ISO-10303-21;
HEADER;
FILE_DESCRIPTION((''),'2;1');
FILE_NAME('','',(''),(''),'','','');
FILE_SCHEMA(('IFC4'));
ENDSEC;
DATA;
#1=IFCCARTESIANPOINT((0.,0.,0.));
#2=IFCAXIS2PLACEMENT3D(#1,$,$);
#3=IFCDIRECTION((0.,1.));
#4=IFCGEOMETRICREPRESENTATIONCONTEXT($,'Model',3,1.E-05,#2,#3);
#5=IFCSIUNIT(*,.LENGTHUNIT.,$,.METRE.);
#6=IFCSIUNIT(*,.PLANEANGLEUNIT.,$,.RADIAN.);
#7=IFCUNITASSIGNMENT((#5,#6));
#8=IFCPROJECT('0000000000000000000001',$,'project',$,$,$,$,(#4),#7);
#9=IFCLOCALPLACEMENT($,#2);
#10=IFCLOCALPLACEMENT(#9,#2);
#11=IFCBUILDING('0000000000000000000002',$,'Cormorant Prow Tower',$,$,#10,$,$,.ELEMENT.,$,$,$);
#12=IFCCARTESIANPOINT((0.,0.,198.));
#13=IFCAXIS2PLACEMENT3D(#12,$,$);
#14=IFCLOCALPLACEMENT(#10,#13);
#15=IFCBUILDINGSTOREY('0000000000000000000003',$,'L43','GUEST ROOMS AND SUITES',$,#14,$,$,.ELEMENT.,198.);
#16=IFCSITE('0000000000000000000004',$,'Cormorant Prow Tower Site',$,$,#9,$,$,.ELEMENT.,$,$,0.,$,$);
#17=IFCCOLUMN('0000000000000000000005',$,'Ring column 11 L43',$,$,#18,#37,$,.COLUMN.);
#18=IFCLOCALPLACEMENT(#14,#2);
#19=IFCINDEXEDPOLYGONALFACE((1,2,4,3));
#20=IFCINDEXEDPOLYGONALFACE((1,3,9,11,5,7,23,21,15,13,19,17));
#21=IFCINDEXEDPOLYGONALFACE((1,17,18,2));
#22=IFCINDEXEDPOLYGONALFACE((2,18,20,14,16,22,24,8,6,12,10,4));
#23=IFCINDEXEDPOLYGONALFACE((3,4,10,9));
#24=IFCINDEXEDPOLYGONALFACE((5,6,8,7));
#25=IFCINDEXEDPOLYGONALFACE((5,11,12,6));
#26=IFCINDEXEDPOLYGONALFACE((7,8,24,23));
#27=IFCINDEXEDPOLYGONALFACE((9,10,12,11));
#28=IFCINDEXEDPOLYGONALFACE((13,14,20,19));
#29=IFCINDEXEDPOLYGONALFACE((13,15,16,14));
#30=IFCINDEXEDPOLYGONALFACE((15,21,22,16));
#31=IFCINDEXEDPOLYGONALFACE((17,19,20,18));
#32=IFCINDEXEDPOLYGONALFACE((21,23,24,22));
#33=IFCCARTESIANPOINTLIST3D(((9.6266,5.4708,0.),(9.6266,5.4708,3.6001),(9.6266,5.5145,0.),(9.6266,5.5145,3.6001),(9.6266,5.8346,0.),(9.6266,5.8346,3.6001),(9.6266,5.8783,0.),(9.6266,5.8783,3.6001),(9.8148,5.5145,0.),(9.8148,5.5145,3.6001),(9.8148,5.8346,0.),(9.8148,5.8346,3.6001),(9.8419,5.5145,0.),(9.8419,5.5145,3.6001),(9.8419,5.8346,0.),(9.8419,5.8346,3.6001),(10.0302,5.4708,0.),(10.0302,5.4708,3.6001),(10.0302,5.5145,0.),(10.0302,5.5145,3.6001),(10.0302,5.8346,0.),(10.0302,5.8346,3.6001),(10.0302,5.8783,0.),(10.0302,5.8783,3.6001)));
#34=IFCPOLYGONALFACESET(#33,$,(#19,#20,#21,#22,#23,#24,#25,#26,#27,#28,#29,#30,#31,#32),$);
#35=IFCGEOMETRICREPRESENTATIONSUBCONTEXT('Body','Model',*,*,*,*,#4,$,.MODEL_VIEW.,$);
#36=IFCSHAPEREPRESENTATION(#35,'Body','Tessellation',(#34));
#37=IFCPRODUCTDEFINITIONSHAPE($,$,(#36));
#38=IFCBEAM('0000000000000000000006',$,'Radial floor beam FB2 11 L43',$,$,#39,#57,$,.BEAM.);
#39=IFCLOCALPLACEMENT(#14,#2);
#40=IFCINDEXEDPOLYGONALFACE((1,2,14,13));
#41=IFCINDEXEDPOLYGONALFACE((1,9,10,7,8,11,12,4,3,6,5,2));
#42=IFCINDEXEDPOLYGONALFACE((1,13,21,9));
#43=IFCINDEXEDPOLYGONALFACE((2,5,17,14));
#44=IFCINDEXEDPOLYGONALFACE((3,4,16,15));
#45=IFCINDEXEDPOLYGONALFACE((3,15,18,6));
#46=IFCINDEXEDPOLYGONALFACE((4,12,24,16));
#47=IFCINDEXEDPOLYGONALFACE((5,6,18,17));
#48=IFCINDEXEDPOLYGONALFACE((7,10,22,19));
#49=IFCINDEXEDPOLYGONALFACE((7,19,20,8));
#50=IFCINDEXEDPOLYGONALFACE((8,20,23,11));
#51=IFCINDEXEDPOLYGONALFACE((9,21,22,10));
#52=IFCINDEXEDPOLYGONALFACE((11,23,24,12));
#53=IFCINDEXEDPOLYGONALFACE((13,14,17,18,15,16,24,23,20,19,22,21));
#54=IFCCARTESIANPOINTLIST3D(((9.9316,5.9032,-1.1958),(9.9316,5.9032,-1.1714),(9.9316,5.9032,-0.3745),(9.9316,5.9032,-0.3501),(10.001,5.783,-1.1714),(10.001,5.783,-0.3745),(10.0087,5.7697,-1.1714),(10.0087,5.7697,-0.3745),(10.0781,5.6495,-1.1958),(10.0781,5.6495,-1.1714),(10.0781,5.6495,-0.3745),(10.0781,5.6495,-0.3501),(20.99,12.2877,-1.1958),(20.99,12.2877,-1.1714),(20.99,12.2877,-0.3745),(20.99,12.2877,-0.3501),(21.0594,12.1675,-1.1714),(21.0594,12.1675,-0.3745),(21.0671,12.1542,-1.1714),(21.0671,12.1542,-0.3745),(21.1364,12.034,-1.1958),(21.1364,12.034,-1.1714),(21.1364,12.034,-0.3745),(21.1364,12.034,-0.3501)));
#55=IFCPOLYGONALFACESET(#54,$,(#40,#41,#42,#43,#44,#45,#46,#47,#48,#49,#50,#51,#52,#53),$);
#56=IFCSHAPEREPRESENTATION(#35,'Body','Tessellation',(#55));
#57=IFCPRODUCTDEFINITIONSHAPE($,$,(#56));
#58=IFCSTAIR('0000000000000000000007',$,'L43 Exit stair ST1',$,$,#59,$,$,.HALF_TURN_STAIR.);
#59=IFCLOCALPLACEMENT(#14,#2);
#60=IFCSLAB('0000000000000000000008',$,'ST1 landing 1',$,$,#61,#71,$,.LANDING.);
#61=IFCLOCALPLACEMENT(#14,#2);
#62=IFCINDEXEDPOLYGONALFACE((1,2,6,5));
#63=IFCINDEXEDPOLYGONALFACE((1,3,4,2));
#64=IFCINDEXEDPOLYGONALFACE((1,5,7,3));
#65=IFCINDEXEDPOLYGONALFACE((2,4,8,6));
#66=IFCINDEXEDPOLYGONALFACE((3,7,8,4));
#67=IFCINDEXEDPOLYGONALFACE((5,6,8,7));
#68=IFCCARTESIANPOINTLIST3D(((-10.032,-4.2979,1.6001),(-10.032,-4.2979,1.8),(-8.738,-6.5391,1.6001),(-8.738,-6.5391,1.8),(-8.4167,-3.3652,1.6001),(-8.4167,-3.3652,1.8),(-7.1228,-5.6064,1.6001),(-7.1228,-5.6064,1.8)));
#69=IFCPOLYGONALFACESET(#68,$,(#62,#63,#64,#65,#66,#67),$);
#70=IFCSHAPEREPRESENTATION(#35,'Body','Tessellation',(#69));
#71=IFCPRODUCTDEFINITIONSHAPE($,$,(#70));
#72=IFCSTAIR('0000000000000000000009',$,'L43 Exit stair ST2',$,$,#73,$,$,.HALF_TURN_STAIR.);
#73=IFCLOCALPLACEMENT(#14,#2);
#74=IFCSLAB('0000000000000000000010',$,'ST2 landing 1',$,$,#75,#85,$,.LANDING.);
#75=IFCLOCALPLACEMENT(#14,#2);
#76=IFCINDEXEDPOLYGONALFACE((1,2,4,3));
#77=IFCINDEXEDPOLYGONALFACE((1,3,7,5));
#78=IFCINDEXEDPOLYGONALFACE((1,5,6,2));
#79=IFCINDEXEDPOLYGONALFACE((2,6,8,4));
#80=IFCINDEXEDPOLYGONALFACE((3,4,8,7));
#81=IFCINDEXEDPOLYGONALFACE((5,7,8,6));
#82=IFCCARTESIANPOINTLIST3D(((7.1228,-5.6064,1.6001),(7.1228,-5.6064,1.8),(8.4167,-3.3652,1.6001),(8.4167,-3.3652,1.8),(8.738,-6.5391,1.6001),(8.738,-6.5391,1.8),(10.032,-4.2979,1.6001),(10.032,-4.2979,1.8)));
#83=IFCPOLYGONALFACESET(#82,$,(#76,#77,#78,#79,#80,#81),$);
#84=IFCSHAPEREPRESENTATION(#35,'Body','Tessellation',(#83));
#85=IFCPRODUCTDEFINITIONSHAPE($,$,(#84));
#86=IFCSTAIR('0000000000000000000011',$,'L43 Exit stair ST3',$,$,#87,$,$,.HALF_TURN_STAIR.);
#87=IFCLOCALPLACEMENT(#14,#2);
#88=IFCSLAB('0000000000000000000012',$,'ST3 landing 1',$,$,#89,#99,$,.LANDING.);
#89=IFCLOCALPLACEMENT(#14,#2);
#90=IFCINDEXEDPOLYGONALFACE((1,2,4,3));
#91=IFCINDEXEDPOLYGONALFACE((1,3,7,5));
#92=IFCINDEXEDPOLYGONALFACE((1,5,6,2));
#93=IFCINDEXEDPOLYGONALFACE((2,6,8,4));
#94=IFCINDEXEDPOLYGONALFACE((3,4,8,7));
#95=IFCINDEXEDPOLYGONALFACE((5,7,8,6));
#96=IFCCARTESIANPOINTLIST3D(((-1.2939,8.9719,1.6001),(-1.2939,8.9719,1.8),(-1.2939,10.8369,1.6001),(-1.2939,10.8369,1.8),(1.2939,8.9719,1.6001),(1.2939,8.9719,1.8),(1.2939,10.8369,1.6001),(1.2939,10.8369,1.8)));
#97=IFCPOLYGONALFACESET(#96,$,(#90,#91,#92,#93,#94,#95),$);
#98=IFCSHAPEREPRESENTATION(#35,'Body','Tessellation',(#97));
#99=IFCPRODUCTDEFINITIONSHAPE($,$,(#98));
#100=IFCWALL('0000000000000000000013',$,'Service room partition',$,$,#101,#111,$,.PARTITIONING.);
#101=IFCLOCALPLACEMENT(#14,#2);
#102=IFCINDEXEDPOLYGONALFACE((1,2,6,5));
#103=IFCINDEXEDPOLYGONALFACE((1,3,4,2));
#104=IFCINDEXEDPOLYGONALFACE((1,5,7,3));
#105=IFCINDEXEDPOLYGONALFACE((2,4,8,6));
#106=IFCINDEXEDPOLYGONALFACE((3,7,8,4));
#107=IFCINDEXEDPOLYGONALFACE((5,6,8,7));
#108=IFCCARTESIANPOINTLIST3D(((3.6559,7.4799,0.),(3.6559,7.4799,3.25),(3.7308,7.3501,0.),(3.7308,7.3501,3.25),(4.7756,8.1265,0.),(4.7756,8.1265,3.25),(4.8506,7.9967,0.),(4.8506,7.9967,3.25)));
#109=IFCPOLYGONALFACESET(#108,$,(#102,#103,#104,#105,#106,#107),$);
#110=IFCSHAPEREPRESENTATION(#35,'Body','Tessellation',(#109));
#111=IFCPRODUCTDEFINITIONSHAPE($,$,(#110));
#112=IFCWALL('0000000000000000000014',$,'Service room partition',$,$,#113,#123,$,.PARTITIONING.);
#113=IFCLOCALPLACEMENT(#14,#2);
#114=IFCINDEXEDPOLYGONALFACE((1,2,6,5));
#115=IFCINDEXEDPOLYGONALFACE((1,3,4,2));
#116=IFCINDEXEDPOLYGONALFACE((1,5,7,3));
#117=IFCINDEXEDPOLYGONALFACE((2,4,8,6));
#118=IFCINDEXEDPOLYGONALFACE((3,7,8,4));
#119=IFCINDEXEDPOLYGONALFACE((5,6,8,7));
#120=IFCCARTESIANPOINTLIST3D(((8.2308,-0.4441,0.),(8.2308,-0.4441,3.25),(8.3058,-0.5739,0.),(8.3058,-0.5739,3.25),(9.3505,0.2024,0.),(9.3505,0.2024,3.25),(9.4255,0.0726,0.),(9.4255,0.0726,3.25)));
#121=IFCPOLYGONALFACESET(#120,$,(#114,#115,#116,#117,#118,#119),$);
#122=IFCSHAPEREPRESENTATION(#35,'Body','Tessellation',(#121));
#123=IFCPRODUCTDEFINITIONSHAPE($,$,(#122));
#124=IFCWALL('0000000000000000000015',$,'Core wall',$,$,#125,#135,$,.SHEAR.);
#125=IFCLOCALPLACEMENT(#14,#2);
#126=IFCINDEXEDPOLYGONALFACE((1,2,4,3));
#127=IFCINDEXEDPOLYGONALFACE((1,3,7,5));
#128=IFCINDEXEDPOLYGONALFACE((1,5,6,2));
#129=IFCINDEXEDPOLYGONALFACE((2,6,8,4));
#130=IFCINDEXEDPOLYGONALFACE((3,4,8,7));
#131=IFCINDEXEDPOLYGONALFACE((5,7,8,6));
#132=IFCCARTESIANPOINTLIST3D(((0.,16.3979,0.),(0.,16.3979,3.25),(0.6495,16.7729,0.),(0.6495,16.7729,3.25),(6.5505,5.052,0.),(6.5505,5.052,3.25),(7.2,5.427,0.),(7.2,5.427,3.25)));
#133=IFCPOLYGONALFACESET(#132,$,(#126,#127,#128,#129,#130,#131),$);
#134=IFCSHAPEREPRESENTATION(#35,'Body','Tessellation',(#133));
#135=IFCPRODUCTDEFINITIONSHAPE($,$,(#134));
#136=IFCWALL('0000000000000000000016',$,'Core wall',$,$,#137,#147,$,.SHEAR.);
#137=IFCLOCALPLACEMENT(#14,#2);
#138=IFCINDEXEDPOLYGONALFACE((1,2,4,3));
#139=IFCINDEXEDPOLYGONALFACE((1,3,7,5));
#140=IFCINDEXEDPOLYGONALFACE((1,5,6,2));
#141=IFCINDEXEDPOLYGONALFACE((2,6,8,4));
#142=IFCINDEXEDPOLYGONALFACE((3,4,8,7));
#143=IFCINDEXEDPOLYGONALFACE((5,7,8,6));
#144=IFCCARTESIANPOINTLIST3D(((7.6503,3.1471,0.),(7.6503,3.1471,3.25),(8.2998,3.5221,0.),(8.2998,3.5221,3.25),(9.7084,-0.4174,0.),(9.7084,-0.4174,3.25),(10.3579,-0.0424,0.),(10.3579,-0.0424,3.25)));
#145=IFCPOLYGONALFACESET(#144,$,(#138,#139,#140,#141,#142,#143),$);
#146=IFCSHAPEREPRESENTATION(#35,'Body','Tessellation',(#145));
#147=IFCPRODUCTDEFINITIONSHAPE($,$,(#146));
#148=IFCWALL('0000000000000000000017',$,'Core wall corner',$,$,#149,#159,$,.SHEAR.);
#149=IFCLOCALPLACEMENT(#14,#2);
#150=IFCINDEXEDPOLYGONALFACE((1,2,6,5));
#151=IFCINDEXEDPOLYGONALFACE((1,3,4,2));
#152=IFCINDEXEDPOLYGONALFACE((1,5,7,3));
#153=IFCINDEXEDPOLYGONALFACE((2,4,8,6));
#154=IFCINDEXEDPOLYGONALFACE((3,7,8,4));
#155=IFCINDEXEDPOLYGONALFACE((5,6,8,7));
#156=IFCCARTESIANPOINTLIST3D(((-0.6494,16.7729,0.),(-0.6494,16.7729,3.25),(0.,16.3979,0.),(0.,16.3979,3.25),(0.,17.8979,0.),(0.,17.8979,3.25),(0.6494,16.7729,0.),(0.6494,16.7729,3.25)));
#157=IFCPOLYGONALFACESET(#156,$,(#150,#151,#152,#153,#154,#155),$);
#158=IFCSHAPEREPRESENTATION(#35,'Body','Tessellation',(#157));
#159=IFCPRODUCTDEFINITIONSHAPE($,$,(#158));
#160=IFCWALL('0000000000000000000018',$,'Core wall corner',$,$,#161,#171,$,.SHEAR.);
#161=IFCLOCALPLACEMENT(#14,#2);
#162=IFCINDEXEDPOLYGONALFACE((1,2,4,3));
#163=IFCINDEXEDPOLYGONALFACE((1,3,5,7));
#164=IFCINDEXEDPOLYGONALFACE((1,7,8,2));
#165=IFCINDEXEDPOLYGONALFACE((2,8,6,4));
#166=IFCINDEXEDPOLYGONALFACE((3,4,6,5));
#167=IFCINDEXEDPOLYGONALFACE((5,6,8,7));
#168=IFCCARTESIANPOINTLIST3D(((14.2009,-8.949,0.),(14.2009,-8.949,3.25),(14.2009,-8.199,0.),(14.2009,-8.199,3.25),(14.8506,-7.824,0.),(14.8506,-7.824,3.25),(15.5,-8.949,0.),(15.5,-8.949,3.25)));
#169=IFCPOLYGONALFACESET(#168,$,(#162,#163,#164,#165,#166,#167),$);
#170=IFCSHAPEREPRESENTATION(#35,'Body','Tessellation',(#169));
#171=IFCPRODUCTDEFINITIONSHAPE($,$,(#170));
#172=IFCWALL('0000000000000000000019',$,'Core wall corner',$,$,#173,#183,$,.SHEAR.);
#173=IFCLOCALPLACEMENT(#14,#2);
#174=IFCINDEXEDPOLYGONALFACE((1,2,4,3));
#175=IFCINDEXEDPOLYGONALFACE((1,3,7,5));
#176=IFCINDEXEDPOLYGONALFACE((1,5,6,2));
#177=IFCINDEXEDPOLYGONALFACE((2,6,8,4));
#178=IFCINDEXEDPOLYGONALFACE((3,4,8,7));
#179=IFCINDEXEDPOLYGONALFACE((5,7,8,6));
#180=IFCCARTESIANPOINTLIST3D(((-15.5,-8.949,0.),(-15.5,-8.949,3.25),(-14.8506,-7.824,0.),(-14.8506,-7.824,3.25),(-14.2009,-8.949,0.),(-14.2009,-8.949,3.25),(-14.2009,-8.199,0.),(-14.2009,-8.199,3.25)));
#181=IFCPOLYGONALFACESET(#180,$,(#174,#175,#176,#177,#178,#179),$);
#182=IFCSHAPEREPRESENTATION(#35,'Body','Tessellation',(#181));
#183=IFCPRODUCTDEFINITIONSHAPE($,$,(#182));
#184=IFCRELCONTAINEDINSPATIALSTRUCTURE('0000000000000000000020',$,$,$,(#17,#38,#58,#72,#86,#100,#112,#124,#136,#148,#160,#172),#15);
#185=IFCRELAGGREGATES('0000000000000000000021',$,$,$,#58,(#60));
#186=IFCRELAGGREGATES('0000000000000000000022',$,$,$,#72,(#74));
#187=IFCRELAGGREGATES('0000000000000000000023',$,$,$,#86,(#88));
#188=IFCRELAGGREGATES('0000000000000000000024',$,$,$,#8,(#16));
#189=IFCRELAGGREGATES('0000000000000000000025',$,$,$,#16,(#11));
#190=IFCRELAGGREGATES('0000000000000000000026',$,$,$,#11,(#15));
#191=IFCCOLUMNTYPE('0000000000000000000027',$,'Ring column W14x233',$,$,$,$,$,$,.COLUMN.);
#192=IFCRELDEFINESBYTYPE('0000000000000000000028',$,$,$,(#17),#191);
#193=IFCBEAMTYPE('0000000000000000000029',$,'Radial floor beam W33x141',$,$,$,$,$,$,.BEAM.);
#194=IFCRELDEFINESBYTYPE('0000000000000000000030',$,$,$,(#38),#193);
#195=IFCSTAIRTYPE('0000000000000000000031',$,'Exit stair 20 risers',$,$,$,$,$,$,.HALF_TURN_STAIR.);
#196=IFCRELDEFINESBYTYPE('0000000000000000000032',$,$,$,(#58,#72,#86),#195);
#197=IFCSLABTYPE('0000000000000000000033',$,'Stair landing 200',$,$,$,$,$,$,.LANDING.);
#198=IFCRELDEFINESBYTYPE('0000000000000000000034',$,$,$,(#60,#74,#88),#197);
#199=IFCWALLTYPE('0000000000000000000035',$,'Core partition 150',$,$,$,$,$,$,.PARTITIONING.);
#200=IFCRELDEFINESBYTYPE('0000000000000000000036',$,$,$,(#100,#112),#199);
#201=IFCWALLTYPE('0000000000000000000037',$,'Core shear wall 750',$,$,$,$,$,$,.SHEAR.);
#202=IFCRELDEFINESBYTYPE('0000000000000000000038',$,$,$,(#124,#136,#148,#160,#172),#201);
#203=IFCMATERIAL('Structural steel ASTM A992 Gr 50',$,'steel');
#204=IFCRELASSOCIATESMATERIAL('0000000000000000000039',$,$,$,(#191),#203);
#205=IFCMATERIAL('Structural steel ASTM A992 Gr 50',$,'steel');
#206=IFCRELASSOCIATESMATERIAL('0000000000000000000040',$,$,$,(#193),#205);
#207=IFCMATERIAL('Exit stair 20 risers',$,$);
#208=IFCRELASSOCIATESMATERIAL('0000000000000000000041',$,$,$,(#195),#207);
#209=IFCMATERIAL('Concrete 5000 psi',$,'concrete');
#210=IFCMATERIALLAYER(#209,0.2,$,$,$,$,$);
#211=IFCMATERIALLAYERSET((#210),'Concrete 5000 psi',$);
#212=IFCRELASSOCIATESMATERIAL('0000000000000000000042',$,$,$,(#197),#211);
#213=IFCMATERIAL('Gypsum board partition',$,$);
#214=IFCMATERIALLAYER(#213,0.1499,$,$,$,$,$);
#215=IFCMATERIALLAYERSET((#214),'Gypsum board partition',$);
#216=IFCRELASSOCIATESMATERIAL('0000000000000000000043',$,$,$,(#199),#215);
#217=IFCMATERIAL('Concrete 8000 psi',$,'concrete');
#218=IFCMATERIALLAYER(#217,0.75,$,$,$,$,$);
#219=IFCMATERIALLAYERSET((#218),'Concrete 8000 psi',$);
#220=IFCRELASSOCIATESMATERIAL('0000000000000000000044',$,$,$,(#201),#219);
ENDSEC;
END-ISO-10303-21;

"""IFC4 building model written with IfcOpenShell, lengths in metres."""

from ifc_helpers import new_model, si_unit, direction, frame, frame_2d, origin, origin_2d, place, context, subcontext, project, spatial, polyline, rectangle, i_section, outline, extrude, material, layer, layer_set, material_profile, profile_set, type_object, element, aggregate, save


model = new_model("IFC4")

# Units and contexts
model_context = context("Model", 3, precision=1e-05, world=origin(), true_north=direction((0.0, 1.0)))
body_context = subcontext(model_context, "Body", "Model", "MODEL_VIEW")
ifc_project = project(units=[si_unit("LENGTHUNIT", "METRE"), si_unit("PLANEANGLEUNIT", "RADIAN")], contexts=[model_context])

# Site, building, storey
site_placement = place(None, origin())
site = spatial("IfcSite", under=ifc_project, at=site_placement, Name="Cormorant Prow Tower Site", CompositionType="ELEMENT", RefElevation=0.0)
building_placement = place(site_placement, origin())
building = spatial("IfcBuilding", under=site, at=building_placement, Name="Cormorant Prow Tower", CompositionType="ELEMENT")
storey_placement = place(building_placement, frame((0.0, 0.0, 198.0)))
storey = spatial("IfcBuildingStorey", under=building, at=storey_placement, Name="L43", Description="GUEST ROOMS AND SUITES", CompositionType="ELEMENT", Elevation=198.0)

# Column
ifc_material_1 = material(Name="Structural steel ASTM A992 Gr 50", Category="steel")
ifc_material_profile_1 = material_profile(ifc_material_1, i_section(OverallWidth=0.4036, OverallDepth=0.4075, WebThickness=0.0271, FlangeThickness=0.0437, at=origin_2d()), Name="W14x233")
ifc_profile_set_1 = profile_set([ifc_material_profile_1], Name="Structural steel ASTM A992 Gr 50")
column_type = type_object("IfcColumnType", Name="Ring column W14x233", PredefinedType="COLUMN", material=ifc_profile_set_1)
column_placement = place(storey_placement, frame((9.8284, 5.6746, 0.0), z_axis=(0.0, 0.0, 1.0), x_axis=(1.0, 0.0, 0.0)))
element("IfcColumn", 1, at=column_placement, inside=storey, type_object=column_type, Name="Ring column 11 L43", PredefinedType="COLUMN", context=body_context, shape_type="SweptSolid", body=[
    extrude(i_section(OverallWidth=0.4036, OverallDepth=0.4075, WebThickness=0.0271, FlangeThickness=0.0437, at=origin_2d()), origin(), (0.0, 0.0, 1.0), 3.6001),
])

# Beam
ifc_material_2 = material(Name="Structural steel ASTM A992 Gr 50", Category="steel")
ifc_material_profile_2 = material_profile(ifc_material_2, i_section(OverallWidth=0.293, OverallDepth=0.8457, WebThickness=0.0154, FlangeThickness=0.0244, at=origin_2d()), Name="W33x141")
ifc_profile_set_2 = profile_set([ifc_material_profile_2], Name="Structural steel ASTM A992 Gr 50")
beam_type = type_object("IfcBeamType", Name="Radial floor beam W33x141", PredefinedType="BEAM", material=ifc_profile_set_2)
beam_placement = place(storey_placement, frame((10.0049, 5.7764, -0.7729), z_axis=(0.866026, 0.499999, 0.0), x_axis=(-0.499999, 0.866026, 0.0)))
element("IfcBeam", 2, at=beam_placement, inside=storey, type_object=beam_type, Name="Radial floor beam FB2 11 L43", PredefinedType="BEAM", context=body_context, shape_type="SweptSolid", body=[
    extrude(i_section(OverallWidth=0.293, OverallDepth=0.8457, WebThickness=0.0154, FlangeThickness=0.0244, at=origin_2d()), origin(), (0.0, 0.0, 1.0), 12.769),
])

# Stairs, slabs
ifc_material_3 = material(Name="Exit stair 20 risers")
stair_type = type_object("IfcStairType", Name="Exit stair 20 risers", PredefinedType="HALF_TURN_STAIR", material=ifc_material_3)
stair_1_placement = place(storey_placement, origin())
stair_1 = element("IfcStair", 3, at=stair_1_placement, inside=storey, type_object=stair_type, Name="L43 Exit stair ST1", PredefinedType="HALF_TURN_STAIR")
ifc_material_4 = material(Name="Concrete 5000 psi", Category="concrete")
ifc_layer_1 = layer(ifc_material_4, 0.2)
ifc_layer_set_1 = layer_set([ifc_layer_1], Name="Concrete 5000 psi")
slab_type = type_object("IfcSlabType", Name="Stair landing 200", PredefinedType="LANDING", material=ifc_layer_set_1)
slab_1_placement = place(storey_placement, frame((0.0, 0.0, 1.6001)))
slab_1 = element("IfcSlab", 4, at=slab_1_placement, type_object=slab_type, Name="ST1 landing 1", PredefinedType="LANDING", context=body_context, shape_type="SweptSolid", body=[
    extrude(outline(polyline([(-8.4167, -3.3652), (-10.032, -4.2979), (-8.738, -6.5391), (-7.1228, -5.6064), (-8.4167, -3.3652)])), origin(), (0.0, 0.0, 1.0), 0.2),
])
aggregate(stair_1, [slab_1])
stair_2_placement = place(storey_placement, origin())
stair_2 = element("IfcStair", 5, at=stair_2_placement, inside=storey, type_object=stair_type, Name="L43 Exit stair ST2", PredefinedType="HALF_TURN_STAIR")
slab_2_placement = place(storey_placement, frame((0.0, 0.0, 1.6001)))
slab_2 = element("IfcSlab", 6, at=slab_2_placement, type_object=slab_type, Name="ST2 landing 1", PredefinedType="LANDING", context=body_context, shape_type="SweptSolid", body=[
    extrude(outline(polyline([(7.1228, -5.6064), (8.738, -6.5391), (10.032, -4.2979), (8.4167, -3.3652), (7.1228, -5.6064)])), origin(), (0.0, 0.0, 1.0), 0.2),
])
aggregate(stair_2, [slab_2])
stair_3_placement = place(storey_placement, origin())
stair_3 = element("IfcStair", 7, at=stair_3_placement, inside=storey, type_object=stair_type, Name="L43 Exit stair ST3", PredefinedType="HALF_TURN_STAIR")
slab_3_placement = place(storey_placement, frame((0.0, 0.0, 1.6001)))
slab_3 = element("IfcSlab", 8, at=slab_3_placement, type_object=slab_type, Name="ST3 landing 1", PredefinedType="LANDING", context=body_context, shape_type="SweptSolid", body=[
    extrude(outline(polyline([(1.2939, 8.9719), (1.2939, 10.8369), (-1.2939, 10.8369), (-1.2939, 8.9719), (1.2939, 8.9719)])), origin(), (0.0, 0.0, 1.0), 0.2),
])

# Walls
ifc_material_5 = material(Name="Gypsum board partition")
ifc_layer_2 = layer(ifc_material_5, 0.1499)
ifc_layer_set_2 = layer_set([ifc_layer_2], Name="Gypsum board partition")
wall_type_1 = type_object("IfcWallType", Name="Core partition 150", PredefinedType="PARTITIONING", material=ifc_layer_set_2)
for number, where, z_axis, x_axis, name in (
    (9, (3.6934, 7.415, 0.0), (0.0, 0.0, 1.0), (0.866003, 0.500038, 0.0), "Service room partition"),
    (10, (8.2683, -0.509, 0.0), (0.0, 0.0, 1.0), (0.866003, 0.500038, 0.0), "Service room partition"),
):
    element("IfcWall", number, at=place(storey_placement, frame(where, z_axis=z_axis, x_axis=x_axis)), inside=storey, type_object=wall_type_1, Name=name, PredefinedType="PARTITIONING", context=body_context, shape_type="SweptSolid", body=[
        extrude(rectangle(XDim=1.293, YDim=0.1499, at=frame_2d((0.6465, 0.0))), origin(), (0.0, 0.0, 1.0), 3.25),
    ])
ifc_material_6 = material(Name="Concrete 8000 psi", Category="concrete")
ifc_layer_3 = layer(ifc_material_6, 0.75)
ifc_layer_set_3 = layer_set([ifc_layer_3], Name="Concrete 8000 psi")
wall_type_2 = type_object("IfcWallType", Name="Core shear wall 750", PredefinedType="SHEAR", material=ifc_layer_set_3)
wall_1_placement = place(storey_placement, frame((6.8752, 5.2395, 0.0), z_axis=(0.0, 0.0, 1.0), x_axis=(-0.499997, 0.866027, 0.0)))
element("IfcWall", 11, at=wall_1_placement, inside=storey, type_object=wall_type_2, Name="Core wall", PredefinedType="SHEAR", context=body_context, shape_type="SweptSolid", body=[
    extrude(rectangle(XDim=13.1011, YDim=0.75, at=frame_2d((6.5505, 0.0))), origin(), (0.0, 0.0, 1.0), 3.25),
])
wall_2_placement = place(storey_placement, frame((10.0332, -0.23, 0.0), z_axis=(0.0, 0.0, 1.0), x_axis=(-0.500031, 0.866008, 0.0)))
element("IfcWall", 12, at=wall_2_placement, inside=storey, type_object=wall_type_2, Name="Core wall", PredefinedType="SHEAR", context=body_context, shape_type="SweptSolid", body=[
    extrude(rectangle(XDim=4.116, YDim=0.75, at=frame_2d((2.0581, 0.0))), origin(), (0.0, 0.0, 1.0), 3.25),
])
wall_3_placement = place(storey_placement, origin())
element("IfcWall", 13, at=wall_3_placement, inside=storey, type_object=wall_type_2, Name="Core wall corner", PredefinedType="SHEAR", context=body_context, shape_type="SweptSolid", body=[
    extrude(outline(polyline([(-0.6494, 16.7729), (0.0, 17.8979), (0.6494, 16.7729), (0.0, 16.3979), (-0.6494, 16.7729)])), origin(), (0.0, 0.0, 1.0), 3.25),
])
wall_4_placement = place(storey_placement, origin())
element("IfcWall", 14, at=wall_4_placement, inside=storey, type_object=wall_type_2, Name="Core wall corner", PredefinedType="SHEAR", context=body_context, shape_type="SweptSolid", body=[
    extrude(outline(polyline([(14.2009, -8.949), (14.2009, -8.199), (14.8506, -7.824), (15.5, -8.949), (14.2009, -8.949)])), origin(), (0.0, 0.0, 1.0), 3.25),
])
wall_5_placement = place(storey_placement, origin())
element("IfcWall", 15, at=wall_5_placement, inside=storey, type_object=wall_type_2, Name="Core wall corner", PredefinedType="SHEAR", context=body_context, shape_type="SweptSolid", body=[
    extrude(outline(polyline([(-14.8506, -7.824), (-14.2009, -8.199), (-14.2009, -8.949), (-15.5, -8.949), (-14.8506, -7.824)])), origin(), (0.0, 0.0, 1.0), 3.25),
])

aggregate(stair_3, [slab_3])

save(model, "model.ifc")
